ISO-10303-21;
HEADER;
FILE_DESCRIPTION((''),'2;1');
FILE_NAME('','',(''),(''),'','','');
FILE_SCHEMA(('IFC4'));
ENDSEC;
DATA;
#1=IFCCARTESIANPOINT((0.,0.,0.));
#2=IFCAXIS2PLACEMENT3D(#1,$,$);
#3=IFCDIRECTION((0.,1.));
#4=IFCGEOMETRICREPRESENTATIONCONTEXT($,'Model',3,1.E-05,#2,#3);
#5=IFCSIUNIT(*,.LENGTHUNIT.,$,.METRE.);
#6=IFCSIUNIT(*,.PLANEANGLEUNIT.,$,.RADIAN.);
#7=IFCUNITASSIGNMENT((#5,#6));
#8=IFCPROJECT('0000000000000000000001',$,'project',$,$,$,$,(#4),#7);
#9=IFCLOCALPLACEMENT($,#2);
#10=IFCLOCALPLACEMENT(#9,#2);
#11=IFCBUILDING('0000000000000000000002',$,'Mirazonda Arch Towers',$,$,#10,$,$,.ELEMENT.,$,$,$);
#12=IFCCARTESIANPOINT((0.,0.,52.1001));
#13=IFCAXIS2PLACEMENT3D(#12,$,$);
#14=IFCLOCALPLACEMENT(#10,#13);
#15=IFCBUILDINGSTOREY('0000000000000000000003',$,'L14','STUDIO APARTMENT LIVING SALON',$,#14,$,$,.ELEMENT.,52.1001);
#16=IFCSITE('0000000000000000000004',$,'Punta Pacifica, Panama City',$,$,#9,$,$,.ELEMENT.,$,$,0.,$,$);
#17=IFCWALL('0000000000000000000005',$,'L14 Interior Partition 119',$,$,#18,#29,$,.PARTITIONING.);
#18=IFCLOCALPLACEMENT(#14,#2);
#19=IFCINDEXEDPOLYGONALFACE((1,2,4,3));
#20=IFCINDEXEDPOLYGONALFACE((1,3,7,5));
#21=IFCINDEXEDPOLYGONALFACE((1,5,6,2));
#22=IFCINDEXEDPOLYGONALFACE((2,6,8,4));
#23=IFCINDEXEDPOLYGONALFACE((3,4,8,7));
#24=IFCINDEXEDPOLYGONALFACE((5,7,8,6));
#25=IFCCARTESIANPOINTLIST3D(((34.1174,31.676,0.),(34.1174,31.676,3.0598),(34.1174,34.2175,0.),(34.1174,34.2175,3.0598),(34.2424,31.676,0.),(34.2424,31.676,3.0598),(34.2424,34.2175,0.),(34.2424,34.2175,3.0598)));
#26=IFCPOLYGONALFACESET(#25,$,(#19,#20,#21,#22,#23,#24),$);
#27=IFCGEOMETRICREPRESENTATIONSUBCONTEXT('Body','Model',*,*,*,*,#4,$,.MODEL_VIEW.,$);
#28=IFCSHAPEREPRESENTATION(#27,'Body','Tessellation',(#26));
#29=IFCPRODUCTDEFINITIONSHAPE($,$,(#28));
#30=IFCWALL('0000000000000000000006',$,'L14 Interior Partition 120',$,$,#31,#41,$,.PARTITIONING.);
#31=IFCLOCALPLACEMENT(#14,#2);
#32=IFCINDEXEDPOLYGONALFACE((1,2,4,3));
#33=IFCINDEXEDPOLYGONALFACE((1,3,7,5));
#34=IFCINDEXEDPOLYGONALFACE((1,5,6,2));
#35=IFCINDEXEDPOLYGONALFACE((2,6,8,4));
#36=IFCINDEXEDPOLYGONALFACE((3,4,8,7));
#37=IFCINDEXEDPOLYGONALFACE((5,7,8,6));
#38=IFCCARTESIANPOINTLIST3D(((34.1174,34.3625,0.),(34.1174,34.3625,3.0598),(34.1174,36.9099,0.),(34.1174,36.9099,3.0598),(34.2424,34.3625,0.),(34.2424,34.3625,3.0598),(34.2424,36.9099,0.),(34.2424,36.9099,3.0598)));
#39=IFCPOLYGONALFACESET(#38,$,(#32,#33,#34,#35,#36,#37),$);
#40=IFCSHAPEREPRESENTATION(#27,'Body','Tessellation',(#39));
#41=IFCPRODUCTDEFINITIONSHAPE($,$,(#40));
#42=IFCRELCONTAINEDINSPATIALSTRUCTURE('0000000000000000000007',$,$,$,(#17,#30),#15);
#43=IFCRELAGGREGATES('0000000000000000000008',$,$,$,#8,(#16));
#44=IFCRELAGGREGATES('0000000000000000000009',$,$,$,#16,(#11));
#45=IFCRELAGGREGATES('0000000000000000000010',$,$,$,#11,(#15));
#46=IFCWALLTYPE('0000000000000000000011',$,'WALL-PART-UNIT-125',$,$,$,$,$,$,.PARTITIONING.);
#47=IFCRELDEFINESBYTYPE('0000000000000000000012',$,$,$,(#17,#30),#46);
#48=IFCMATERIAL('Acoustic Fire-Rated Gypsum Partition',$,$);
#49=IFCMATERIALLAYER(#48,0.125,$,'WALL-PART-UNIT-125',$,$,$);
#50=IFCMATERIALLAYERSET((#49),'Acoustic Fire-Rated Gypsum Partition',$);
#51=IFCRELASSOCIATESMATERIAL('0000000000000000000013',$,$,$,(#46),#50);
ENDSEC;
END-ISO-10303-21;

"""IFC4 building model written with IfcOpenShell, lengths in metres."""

from ifc_helpers import new_model, si_unit, direction, frame, frame_2d, origin, place, context, subcontext, project, spatial, rectangle, extrude, material, layer, layer_set, type_object, element, save


model = new_model("IFC4")

# Units and contexts
model_context = context("Model", 3, precision=1e-05, world=origin(), true_north=direction((0.0, 1.0)))
body_context = subcontext(model_context, "Body", "Model", "MODEL_VIEW")
ifc_project = project(units=[si_unit("LENGTHUNIT", "METRE"), si_unit("PLANEANGLEUNIT", "RADIAN")], contexts=[model_context])

# Site, building, storey
site_placement = place(None, origin())
site = spatial("IfcSite", under=ifc_project, at=site_placement, Name="Punta Pacifica, Panama City", CompositionType="ELEMENT", RefElevation=0.0)
building_placement = place(site_placement, origin())
building = spatial("IfcBuilding", under=site, at=building_placement, Name="Mirazonda Arch Towers", CompositionType="ELEMENT")
storey_placement = place(building_placement, frame((0.0, 0.0, 52.1001)))
storey = spatial("IfcBuildingStorey", under=building, at=storey_placement, Name="L14", Description="STUDIO APARTMENT LIVING SALON", CompositionType="ELEMENT", Elevation=52.1001)

# Walls
ifc_material_1 = material(Name="Acoustic Fire-Rated Gypsum Partition")
ifc_layer_1 = layer(ifc_material_1, 0.125, Name="WALL-PART-UNIT-125")
ifc_layer_set_1 = layer_set([ifc_layer_1], Name="Acoustic Fire-Rated Gypsum Partition")
wall_type_1 = type_object("IfcWallType", Name="WALL-PART-UNIT-125", PredefinedType="PARTITIONING", material=ifc_layer_set_1)
wall_1_placement = place(storey_placement, frame((34.1799, 31.676, 0.0), z_axis=(0.0, 0.0, 1.0), x_axis=(0.0, 1.0, 0.0)))
element("IfcWall", 1, at=wall_1_placement, inside=storey, type_object=wall_type_1, Name="L14 Interior Partition 119", PredefinedType="PARTITIONING", context=body_context, shape_type="SweptSolid", body=[
    extrude(rectangle(XDim=2.5415, YDim=0.125, at=frame_2d((1.2708, 0.0))), origin(), (0.0, 0.0, 1.0), 3.0598),
])
wall_2_placement = place(storey_placement, frame((34.1799, 34.3625, 0.0), z_axis=(0.0, 0.0, 1.0), x_axis=(0.0, 1.0, 0.0)))
element("IfcWall", 2, at=wall_2_placement, inside=storey, type_object=wall_type_1, Name="L14 Interior Partition 120", PredefinedType="PARTITIONING", context=body_context, shape_type="SweptSolid", body=[
    extrude(rectangle(XDim=2.5474, YDim=0.125, at=frame_2d((1.2737, 0.0))), origin(), (0.0, 0.0, 1.0), 3.0598),
])

save(model, "model.ifc")
